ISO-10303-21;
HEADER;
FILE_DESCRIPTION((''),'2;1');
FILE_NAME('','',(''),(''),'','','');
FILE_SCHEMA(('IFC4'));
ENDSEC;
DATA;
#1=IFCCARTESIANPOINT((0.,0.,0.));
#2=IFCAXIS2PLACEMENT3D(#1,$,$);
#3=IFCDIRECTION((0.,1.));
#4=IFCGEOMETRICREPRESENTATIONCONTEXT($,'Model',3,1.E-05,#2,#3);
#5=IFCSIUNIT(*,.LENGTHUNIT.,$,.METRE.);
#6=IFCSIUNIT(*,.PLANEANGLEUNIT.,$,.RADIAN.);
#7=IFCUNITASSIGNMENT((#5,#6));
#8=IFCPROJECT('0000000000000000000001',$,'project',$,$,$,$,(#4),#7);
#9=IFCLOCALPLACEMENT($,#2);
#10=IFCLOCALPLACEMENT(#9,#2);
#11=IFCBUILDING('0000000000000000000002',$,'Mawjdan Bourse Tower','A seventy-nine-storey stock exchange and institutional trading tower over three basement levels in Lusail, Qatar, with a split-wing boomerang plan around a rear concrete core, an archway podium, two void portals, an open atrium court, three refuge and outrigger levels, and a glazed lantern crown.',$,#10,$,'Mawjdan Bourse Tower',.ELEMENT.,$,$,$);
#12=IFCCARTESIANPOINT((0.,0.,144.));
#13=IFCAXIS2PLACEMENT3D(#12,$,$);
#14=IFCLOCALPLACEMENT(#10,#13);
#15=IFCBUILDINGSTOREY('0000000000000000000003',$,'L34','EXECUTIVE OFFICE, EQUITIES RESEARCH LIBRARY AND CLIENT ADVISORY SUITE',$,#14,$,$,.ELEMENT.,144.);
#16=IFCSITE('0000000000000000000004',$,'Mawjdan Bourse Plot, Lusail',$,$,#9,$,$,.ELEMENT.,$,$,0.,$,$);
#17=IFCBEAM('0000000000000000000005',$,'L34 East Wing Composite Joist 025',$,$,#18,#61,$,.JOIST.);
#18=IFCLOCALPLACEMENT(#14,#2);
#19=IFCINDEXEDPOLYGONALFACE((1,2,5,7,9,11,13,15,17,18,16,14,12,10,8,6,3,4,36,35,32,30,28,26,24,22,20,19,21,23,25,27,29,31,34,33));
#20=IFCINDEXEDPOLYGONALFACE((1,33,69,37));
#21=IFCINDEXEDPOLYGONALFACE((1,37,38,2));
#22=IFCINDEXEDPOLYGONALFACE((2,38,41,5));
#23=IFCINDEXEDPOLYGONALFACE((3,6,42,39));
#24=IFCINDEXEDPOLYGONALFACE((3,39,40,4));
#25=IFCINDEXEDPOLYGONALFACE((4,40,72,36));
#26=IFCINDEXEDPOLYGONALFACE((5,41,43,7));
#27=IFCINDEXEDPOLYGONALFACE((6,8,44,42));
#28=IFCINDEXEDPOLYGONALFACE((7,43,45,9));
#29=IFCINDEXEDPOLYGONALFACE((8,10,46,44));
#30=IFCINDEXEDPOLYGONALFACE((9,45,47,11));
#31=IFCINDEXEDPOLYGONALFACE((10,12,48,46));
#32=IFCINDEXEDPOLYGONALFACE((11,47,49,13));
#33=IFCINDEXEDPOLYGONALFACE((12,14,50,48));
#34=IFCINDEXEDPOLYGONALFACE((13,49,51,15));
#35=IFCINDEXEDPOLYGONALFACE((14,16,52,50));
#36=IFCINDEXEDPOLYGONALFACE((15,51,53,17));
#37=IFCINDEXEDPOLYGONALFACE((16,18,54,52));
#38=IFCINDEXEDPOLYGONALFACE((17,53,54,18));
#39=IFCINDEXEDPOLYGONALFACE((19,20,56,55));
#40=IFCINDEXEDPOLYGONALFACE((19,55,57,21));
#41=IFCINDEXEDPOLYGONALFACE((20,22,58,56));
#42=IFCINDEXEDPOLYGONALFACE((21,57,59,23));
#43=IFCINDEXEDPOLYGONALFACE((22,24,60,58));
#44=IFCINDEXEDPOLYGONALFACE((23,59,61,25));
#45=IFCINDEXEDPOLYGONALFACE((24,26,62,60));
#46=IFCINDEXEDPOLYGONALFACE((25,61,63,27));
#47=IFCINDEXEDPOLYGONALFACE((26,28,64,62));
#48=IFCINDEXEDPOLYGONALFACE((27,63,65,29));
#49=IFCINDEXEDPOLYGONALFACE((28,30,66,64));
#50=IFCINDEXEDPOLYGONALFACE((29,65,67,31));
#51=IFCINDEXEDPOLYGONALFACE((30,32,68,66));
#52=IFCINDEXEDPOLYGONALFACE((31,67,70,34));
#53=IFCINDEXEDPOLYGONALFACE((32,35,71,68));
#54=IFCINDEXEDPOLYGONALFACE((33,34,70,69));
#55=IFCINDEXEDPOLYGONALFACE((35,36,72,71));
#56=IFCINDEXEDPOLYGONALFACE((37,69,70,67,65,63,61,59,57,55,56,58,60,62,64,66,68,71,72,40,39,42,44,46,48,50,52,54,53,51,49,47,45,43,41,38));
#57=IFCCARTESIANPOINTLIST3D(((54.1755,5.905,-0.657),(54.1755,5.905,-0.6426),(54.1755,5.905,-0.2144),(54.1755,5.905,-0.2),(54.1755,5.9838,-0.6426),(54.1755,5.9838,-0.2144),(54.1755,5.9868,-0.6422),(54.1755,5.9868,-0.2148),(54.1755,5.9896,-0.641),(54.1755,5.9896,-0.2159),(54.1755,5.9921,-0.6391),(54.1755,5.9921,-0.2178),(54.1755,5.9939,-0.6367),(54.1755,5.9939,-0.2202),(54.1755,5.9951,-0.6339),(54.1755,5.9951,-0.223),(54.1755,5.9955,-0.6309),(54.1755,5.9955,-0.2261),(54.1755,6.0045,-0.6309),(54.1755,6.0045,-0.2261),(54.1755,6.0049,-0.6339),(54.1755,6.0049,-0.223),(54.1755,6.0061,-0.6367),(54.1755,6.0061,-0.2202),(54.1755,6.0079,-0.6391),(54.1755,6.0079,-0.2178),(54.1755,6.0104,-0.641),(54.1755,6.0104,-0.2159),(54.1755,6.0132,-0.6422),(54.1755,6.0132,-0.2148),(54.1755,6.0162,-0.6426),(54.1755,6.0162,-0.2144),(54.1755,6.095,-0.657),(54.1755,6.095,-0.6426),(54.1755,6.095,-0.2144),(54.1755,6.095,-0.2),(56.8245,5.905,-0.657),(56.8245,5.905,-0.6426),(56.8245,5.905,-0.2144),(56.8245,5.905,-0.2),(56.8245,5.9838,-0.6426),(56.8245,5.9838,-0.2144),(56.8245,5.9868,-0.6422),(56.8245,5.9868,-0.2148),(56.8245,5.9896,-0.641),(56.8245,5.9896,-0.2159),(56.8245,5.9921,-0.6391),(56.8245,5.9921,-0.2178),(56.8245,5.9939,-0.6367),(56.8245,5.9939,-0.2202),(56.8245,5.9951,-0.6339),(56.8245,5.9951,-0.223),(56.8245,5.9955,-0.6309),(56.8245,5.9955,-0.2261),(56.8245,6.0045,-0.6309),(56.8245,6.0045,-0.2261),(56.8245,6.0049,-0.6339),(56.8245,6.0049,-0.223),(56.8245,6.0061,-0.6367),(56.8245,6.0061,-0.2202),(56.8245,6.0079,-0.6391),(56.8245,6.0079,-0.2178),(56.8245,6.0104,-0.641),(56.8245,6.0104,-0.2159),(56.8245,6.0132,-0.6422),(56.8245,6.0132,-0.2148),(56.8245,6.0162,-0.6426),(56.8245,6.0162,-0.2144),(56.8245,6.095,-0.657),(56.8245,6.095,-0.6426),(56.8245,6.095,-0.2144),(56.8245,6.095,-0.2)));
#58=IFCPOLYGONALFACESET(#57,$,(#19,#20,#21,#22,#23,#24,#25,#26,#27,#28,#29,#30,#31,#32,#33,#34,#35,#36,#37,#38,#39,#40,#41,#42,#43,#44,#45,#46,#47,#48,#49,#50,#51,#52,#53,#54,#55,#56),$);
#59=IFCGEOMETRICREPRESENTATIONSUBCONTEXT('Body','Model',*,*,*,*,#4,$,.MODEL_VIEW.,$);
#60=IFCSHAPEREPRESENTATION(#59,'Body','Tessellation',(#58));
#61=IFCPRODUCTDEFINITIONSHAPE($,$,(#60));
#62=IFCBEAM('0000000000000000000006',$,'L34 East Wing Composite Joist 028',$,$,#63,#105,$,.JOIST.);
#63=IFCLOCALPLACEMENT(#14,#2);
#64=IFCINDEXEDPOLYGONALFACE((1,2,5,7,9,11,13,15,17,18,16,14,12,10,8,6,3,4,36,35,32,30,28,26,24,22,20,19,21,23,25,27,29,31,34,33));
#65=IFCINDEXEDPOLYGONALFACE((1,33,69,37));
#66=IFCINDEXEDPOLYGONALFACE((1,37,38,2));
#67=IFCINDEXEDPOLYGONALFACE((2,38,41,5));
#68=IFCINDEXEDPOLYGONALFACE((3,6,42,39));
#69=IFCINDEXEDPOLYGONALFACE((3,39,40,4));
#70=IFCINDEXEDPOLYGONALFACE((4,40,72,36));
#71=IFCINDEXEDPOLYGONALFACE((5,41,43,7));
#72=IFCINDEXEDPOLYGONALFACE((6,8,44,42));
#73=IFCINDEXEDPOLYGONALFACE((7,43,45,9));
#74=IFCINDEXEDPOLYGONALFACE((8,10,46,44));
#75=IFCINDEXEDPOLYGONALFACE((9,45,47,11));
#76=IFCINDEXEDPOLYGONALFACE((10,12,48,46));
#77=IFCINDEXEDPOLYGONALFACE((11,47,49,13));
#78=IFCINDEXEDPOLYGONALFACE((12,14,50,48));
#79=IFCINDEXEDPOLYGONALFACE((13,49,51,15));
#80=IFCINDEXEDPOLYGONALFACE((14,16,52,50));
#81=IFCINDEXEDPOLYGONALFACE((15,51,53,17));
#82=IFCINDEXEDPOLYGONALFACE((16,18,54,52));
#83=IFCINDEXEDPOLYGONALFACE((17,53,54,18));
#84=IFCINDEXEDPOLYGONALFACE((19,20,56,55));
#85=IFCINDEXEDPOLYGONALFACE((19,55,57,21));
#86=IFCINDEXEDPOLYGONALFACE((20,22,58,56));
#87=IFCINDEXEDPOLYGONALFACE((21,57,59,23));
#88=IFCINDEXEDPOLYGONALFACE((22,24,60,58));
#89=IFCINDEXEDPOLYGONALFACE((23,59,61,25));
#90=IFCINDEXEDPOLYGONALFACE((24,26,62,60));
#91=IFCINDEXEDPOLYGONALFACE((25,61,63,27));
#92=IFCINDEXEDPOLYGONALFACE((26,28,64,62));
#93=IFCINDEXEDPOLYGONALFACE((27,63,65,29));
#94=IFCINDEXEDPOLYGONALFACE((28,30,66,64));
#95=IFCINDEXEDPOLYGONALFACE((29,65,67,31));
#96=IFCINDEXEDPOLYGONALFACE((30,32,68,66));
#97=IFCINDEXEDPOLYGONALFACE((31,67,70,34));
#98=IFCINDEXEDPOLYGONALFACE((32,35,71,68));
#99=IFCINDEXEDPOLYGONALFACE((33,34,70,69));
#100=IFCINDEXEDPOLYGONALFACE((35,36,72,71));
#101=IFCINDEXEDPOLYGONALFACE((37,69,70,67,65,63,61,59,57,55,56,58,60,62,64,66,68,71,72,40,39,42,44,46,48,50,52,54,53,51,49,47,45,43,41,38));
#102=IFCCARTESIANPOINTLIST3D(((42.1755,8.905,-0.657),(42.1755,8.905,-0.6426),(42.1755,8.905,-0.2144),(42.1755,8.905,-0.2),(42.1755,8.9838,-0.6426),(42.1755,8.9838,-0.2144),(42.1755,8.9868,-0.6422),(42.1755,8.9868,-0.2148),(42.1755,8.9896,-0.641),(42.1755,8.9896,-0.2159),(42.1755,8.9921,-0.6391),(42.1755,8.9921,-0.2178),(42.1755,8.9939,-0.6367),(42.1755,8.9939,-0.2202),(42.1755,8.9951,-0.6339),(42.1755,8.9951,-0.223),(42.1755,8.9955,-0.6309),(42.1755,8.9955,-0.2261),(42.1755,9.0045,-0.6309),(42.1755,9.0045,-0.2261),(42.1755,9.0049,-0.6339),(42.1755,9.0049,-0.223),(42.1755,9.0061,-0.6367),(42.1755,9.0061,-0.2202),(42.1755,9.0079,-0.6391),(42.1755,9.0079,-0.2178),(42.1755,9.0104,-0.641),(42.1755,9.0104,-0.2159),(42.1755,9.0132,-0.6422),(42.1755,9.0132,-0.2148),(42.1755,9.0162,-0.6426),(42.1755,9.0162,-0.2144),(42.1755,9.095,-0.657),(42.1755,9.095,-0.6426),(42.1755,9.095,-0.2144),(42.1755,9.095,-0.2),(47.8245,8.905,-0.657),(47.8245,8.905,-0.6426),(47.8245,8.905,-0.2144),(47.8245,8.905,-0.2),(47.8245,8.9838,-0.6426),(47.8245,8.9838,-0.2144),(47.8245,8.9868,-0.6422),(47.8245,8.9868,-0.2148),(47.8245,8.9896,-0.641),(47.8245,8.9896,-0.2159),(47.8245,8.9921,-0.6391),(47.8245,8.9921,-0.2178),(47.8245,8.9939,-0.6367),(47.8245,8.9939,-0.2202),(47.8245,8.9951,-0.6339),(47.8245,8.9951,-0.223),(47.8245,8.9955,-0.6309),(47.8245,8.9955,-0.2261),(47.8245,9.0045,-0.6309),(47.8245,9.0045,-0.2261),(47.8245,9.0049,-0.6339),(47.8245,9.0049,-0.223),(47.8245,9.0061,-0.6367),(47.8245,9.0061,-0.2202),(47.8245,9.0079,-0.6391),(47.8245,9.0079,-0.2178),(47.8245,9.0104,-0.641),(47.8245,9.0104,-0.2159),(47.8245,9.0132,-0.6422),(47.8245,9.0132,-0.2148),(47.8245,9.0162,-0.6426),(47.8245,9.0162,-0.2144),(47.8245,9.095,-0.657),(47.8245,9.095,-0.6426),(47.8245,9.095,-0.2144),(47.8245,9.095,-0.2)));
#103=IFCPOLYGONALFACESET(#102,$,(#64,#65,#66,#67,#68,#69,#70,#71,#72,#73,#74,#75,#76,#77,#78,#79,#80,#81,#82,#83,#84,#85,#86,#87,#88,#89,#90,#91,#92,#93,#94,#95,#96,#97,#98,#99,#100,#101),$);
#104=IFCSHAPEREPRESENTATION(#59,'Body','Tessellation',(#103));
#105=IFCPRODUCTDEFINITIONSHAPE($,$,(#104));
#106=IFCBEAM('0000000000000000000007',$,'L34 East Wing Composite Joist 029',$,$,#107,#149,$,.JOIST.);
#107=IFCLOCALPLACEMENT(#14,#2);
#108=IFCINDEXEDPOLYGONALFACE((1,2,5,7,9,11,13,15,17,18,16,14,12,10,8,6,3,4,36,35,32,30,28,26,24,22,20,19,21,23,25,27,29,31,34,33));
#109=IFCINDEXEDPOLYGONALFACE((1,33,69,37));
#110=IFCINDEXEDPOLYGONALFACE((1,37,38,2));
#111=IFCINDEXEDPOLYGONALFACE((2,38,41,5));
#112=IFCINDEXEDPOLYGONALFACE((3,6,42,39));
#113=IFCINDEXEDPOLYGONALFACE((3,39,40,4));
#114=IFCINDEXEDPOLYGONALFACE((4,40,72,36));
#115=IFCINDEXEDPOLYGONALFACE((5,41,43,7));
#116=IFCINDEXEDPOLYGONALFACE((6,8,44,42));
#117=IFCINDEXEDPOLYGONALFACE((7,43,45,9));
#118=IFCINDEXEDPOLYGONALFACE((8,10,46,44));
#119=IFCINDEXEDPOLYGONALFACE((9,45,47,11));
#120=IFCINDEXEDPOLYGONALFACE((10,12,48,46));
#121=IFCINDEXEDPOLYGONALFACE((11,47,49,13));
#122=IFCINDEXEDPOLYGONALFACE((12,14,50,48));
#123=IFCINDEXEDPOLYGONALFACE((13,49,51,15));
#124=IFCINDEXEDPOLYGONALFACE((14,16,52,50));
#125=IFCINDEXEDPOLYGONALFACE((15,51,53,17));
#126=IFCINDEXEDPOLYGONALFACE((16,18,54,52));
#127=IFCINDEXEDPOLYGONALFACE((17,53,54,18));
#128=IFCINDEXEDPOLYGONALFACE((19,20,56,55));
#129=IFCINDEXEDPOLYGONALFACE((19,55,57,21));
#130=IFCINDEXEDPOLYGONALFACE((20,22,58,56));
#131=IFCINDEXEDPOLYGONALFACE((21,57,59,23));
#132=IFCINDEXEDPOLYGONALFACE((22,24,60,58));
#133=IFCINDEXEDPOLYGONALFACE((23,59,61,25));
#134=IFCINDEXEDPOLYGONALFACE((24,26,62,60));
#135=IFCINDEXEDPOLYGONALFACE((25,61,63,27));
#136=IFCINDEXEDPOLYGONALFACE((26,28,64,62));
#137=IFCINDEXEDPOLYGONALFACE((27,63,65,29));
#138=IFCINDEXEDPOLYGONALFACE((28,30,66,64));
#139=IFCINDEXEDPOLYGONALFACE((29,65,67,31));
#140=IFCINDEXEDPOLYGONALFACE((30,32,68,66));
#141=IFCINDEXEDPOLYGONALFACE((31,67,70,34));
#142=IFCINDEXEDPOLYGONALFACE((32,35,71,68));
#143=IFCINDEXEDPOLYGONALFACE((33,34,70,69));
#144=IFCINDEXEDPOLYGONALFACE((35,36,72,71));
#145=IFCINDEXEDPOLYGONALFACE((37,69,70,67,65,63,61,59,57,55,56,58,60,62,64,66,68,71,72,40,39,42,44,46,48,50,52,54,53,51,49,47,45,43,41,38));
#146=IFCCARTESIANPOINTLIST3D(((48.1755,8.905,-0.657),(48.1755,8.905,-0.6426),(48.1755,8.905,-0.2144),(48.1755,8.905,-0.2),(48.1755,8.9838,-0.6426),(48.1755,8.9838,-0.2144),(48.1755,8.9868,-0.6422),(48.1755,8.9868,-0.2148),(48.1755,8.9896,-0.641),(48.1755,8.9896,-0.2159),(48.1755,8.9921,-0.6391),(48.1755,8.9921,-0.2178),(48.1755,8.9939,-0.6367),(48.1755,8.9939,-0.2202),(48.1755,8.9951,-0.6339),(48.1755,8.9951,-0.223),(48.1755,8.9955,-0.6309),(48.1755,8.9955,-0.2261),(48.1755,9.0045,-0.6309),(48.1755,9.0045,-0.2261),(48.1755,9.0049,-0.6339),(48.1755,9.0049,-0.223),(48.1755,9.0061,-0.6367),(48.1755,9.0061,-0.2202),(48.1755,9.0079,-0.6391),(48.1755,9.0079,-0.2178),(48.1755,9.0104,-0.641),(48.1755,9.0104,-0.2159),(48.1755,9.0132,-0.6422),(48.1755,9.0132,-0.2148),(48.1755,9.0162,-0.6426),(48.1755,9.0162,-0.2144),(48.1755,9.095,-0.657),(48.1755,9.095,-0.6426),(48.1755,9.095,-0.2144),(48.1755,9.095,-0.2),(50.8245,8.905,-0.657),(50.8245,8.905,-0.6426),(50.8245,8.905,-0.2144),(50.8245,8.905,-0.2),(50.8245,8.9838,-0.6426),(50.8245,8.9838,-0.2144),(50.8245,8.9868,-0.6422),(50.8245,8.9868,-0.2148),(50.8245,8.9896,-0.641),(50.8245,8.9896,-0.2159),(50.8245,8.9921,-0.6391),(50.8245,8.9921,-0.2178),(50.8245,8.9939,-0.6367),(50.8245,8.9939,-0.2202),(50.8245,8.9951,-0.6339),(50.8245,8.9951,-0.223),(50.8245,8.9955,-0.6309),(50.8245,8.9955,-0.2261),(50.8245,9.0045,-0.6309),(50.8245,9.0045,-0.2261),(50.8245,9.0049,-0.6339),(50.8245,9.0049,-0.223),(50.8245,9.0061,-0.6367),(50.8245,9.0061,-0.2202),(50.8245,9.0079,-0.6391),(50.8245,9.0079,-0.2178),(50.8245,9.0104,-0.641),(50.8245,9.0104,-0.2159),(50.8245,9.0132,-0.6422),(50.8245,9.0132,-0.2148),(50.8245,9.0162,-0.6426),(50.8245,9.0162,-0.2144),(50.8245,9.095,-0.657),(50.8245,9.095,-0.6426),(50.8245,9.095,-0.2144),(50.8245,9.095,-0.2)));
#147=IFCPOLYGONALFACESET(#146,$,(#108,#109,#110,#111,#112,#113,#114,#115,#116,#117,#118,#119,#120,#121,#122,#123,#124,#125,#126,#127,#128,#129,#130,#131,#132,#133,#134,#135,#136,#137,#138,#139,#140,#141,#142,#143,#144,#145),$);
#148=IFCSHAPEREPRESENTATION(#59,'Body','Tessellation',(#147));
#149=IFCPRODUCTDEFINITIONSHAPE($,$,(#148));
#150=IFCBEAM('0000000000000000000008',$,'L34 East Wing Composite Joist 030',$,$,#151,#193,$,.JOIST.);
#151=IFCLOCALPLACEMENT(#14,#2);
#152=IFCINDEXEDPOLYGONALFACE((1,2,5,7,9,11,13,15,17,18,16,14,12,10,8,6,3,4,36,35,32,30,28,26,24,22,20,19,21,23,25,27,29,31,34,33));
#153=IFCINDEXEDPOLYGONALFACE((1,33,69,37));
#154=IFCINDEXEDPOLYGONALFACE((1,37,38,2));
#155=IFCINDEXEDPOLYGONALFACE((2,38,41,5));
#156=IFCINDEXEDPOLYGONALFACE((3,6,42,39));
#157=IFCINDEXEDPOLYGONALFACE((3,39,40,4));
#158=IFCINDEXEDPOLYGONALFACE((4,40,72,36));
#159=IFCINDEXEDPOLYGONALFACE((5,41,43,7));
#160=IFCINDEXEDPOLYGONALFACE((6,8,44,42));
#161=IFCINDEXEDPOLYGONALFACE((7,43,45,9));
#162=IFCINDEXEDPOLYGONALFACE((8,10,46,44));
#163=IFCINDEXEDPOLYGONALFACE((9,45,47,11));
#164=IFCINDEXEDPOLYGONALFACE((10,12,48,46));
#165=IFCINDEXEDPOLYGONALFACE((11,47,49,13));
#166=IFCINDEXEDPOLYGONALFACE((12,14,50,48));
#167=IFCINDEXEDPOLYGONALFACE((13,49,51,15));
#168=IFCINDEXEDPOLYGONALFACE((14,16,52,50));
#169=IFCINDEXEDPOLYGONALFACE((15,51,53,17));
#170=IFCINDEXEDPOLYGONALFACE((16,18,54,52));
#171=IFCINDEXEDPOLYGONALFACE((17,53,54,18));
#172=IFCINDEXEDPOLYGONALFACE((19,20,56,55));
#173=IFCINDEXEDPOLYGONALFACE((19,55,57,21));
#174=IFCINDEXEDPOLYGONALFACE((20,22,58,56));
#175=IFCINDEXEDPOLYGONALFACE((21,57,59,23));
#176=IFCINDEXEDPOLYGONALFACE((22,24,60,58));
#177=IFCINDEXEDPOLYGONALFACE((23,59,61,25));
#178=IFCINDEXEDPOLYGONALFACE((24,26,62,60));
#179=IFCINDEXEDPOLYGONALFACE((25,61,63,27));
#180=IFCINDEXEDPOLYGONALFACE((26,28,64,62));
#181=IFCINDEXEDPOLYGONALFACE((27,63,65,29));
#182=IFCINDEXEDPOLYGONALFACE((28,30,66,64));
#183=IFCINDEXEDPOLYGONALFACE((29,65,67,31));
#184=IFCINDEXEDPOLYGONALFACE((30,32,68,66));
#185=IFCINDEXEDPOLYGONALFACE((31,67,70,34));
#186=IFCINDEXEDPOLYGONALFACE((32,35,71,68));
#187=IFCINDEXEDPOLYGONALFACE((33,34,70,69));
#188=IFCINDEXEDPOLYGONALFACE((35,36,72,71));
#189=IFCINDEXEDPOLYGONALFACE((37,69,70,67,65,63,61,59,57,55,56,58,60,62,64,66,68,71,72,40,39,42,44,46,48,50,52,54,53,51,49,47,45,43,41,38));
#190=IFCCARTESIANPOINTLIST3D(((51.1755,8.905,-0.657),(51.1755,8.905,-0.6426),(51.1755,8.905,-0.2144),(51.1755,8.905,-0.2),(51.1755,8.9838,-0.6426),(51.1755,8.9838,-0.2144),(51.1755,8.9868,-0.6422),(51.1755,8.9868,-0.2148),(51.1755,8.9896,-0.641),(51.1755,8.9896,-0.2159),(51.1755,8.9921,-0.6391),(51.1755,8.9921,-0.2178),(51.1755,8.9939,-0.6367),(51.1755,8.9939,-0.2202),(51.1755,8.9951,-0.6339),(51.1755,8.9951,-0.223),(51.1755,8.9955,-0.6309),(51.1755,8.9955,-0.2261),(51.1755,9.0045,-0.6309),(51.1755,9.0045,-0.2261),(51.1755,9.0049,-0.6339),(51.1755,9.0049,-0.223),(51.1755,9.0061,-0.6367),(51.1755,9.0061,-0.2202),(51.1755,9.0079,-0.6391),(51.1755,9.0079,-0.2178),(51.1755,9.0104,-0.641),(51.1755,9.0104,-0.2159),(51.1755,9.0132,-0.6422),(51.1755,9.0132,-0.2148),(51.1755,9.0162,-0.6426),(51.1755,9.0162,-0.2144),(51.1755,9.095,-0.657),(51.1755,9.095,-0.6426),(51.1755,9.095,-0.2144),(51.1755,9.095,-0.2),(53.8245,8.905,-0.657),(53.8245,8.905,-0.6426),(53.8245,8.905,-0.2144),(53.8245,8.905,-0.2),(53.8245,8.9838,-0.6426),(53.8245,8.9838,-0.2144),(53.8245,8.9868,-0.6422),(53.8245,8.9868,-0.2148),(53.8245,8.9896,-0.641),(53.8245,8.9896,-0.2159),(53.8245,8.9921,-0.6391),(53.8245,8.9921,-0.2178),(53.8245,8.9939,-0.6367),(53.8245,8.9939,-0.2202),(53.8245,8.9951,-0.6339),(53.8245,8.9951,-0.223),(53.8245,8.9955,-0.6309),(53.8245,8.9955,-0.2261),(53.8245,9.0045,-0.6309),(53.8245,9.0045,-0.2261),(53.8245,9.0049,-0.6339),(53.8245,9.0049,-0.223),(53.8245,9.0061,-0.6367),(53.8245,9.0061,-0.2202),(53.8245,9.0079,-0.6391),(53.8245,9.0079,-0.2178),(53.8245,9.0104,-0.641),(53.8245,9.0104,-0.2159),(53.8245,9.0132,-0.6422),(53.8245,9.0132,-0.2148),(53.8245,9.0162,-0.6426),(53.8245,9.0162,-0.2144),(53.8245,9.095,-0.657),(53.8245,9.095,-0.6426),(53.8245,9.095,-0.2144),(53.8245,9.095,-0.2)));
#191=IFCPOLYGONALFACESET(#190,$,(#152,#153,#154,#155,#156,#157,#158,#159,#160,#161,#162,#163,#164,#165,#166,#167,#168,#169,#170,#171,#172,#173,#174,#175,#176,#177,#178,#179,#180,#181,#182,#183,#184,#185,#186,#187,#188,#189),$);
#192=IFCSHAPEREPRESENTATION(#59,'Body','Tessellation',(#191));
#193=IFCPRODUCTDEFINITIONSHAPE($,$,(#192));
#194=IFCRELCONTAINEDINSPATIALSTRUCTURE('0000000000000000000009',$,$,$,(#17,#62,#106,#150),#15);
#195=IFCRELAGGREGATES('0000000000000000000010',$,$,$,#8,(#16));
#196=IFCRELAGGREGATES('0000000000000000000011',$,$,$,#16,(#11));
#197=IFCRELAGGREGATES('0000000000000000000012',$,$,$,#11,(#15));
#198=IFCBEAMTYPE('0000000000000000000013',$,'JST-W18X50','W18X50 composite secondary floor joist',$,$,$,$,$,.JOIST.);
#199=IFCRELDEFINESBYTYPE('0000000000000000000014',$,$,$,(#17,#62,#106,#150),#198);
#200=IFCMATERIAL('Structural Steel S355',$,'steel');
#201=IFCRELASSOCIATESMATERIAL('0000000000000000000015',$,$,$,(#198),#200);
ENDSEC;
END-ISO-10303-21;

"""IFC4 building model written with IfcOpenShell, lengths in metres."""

from ifc_helpers import new_model, si_unit, direction, frame, origin, origin_2d, place, context, subcontext, project, spatial, i_section, extrude, material, material_profile, profile_set, type_object, element, save


model = new_model("IFC4")

# Units and contexts
model_context = context("Model", 3, precision=1e-05, world=origin(), true_north=direction((0.0, 1.0)))
body_context = subcontext(model_context, "Body", "Model", "MODEL_VIEW")
ifc_project = project(units=[si_unit("LENGTHUNIT", "METRE"), si_unit("PLANEANGLEUNIT", "RADIAN")], contexts=[model_context])

# Site, building, storey
site_placement = place(None, origin())
site = spatial("IfcSite", under=ifc_project, at=site_placement, Name="Mawjdan Bourse Plot, Lusail", CompositionType="ELEMENT", RefElevation=0.0)
building_placement = place(site_placement, origin())
building = spatial("IfcBuilding", under=site, at=building_placement, Name="Mawjdan Bourse Tower", Description="A seventy-nine-storey stock exchange and institutional trading tower over three basement levels in Lusail, Qatar, with a split-wing boomerang plan around a rear concrete core, an archway podium, two void portals, an open atrium court, three refuge and outrigger levels, and a glazed lantern crown.", LongName="Mawjdan Bourse Tower", CompositionType="ELEMENT")
storey_placement = place(building_placement, frame((0.0, 0.0, 144.0)))
storey = spatial("IfcBuildingStorey", under=building, at=storey_placement, Name="L34", Description="EXECUTIVE OFFICE, EQUITIES RESEARCH LIBRARY AND CLIENT ADVISORY SUITE", CompositionType="ELEMENT", Elevation=144.0)

# Beams
ifc_material_1 = material(Name="Structural Steel S355", Category="steel")
ifc_material_profile_1 = material_profile(ifc_material_1, i_section(OverallWidth=0.1899, OverallDepth=0.457, WebThickness=0.009, FlangeThickness=0.0144, FilletRadius=0.0117, at=origin_2d()), Name="W18X50")
ifc_profile_set_1 = profile_set([ifc_material_profile_1], Name="Structural Steel S355")
beam_type_1 = type_object("IfcBeamType", Name="JST-W18X50", Description="W18X50 composite secondary floor joist", PredefinedType="JOIST", material=ifc_profile_set_1)
for number, where, z_axis, x_axis, name in (
    (1, (54.1755, 6.0, -0.4285), (1.0, 0.0, 0.0), (0.0, 1.0, 0.0), "L34 East Wing Composite Joist 025"),
):
    element("IfcBeam", number, at=place(storey_placement, frame(where, z_axis=z_axis, x_axis=x_axis)), inside=storey, type_object=beam_type_1, Name=name, PredefinedType="JOIST", context=body_context, shape_type="SweptSolid", body=[
        extrude(i_section(OverallWidth=0.1899, OverallDepth=0.457, WebThickness=0.009, FlangeThickness=0.0144, FilletRadius=0.0117, at=origin_2d()), origin(), (0.0, 0.0, 1.0), 2.6489),
    ])
beam_1_placement = place(storey_placement, frame((42.1755, 9.0, -0.4285), z_axis=(1.0, 0.0, 0.0), x_axis=(0.0, 1.0, 0.0)))
element("IfcBeam", 2, at=beam_1_placement, inside=storey, type_object=beam_type_1, Name="L34 East Wing Composite Joist 028", PredefinedType="JOIST", context=body_context, shape_type="SweptSolid", body=[
    extrude(i_section(OverallWidth=0.1899, OverallDepth=0.457, WebThickness=0.009, FlangeThickness=0.0144, FilletRadius=0.0117, at=origin_2d()), origin(), (0.0, 0.0, 1.0), 5.6489),
])
for number, where, z_axis, x_axis, name in (
    (3, (48.1755, 9.0, -0.4285), (1.0, 0.0, 0.0), (0.0, 1.0, 0.0), "L34 East Wing Composite Joist 029"),
    (4, (51.1755, 9.0, -0.4285), (1.0, 0.0, 0.0), (0.0, 1.0, 0.0), "L34 East Wing Composite Joist 030"),
):
    element("IfcBeam", number, at=place(storey_placement, frame(where, z_axis=z_axis, x_axis=x_axis)), inside=storey, type_object=beam_type_1, Name=name, PredefinedType="JOIST", context=body_context, shape_type="SweptSolid", body=[
        extrude(i_section(OverallWidth=0.1899, OverallDepth=0.457, WebThickness=0.009, FlangeThickness=0.0144, FilletRadius=0.0117, at=origin_2d()), origin(), (0.0, 0.0, 1.0), 2.6489),
    ])

save(model, "model.ifc")
